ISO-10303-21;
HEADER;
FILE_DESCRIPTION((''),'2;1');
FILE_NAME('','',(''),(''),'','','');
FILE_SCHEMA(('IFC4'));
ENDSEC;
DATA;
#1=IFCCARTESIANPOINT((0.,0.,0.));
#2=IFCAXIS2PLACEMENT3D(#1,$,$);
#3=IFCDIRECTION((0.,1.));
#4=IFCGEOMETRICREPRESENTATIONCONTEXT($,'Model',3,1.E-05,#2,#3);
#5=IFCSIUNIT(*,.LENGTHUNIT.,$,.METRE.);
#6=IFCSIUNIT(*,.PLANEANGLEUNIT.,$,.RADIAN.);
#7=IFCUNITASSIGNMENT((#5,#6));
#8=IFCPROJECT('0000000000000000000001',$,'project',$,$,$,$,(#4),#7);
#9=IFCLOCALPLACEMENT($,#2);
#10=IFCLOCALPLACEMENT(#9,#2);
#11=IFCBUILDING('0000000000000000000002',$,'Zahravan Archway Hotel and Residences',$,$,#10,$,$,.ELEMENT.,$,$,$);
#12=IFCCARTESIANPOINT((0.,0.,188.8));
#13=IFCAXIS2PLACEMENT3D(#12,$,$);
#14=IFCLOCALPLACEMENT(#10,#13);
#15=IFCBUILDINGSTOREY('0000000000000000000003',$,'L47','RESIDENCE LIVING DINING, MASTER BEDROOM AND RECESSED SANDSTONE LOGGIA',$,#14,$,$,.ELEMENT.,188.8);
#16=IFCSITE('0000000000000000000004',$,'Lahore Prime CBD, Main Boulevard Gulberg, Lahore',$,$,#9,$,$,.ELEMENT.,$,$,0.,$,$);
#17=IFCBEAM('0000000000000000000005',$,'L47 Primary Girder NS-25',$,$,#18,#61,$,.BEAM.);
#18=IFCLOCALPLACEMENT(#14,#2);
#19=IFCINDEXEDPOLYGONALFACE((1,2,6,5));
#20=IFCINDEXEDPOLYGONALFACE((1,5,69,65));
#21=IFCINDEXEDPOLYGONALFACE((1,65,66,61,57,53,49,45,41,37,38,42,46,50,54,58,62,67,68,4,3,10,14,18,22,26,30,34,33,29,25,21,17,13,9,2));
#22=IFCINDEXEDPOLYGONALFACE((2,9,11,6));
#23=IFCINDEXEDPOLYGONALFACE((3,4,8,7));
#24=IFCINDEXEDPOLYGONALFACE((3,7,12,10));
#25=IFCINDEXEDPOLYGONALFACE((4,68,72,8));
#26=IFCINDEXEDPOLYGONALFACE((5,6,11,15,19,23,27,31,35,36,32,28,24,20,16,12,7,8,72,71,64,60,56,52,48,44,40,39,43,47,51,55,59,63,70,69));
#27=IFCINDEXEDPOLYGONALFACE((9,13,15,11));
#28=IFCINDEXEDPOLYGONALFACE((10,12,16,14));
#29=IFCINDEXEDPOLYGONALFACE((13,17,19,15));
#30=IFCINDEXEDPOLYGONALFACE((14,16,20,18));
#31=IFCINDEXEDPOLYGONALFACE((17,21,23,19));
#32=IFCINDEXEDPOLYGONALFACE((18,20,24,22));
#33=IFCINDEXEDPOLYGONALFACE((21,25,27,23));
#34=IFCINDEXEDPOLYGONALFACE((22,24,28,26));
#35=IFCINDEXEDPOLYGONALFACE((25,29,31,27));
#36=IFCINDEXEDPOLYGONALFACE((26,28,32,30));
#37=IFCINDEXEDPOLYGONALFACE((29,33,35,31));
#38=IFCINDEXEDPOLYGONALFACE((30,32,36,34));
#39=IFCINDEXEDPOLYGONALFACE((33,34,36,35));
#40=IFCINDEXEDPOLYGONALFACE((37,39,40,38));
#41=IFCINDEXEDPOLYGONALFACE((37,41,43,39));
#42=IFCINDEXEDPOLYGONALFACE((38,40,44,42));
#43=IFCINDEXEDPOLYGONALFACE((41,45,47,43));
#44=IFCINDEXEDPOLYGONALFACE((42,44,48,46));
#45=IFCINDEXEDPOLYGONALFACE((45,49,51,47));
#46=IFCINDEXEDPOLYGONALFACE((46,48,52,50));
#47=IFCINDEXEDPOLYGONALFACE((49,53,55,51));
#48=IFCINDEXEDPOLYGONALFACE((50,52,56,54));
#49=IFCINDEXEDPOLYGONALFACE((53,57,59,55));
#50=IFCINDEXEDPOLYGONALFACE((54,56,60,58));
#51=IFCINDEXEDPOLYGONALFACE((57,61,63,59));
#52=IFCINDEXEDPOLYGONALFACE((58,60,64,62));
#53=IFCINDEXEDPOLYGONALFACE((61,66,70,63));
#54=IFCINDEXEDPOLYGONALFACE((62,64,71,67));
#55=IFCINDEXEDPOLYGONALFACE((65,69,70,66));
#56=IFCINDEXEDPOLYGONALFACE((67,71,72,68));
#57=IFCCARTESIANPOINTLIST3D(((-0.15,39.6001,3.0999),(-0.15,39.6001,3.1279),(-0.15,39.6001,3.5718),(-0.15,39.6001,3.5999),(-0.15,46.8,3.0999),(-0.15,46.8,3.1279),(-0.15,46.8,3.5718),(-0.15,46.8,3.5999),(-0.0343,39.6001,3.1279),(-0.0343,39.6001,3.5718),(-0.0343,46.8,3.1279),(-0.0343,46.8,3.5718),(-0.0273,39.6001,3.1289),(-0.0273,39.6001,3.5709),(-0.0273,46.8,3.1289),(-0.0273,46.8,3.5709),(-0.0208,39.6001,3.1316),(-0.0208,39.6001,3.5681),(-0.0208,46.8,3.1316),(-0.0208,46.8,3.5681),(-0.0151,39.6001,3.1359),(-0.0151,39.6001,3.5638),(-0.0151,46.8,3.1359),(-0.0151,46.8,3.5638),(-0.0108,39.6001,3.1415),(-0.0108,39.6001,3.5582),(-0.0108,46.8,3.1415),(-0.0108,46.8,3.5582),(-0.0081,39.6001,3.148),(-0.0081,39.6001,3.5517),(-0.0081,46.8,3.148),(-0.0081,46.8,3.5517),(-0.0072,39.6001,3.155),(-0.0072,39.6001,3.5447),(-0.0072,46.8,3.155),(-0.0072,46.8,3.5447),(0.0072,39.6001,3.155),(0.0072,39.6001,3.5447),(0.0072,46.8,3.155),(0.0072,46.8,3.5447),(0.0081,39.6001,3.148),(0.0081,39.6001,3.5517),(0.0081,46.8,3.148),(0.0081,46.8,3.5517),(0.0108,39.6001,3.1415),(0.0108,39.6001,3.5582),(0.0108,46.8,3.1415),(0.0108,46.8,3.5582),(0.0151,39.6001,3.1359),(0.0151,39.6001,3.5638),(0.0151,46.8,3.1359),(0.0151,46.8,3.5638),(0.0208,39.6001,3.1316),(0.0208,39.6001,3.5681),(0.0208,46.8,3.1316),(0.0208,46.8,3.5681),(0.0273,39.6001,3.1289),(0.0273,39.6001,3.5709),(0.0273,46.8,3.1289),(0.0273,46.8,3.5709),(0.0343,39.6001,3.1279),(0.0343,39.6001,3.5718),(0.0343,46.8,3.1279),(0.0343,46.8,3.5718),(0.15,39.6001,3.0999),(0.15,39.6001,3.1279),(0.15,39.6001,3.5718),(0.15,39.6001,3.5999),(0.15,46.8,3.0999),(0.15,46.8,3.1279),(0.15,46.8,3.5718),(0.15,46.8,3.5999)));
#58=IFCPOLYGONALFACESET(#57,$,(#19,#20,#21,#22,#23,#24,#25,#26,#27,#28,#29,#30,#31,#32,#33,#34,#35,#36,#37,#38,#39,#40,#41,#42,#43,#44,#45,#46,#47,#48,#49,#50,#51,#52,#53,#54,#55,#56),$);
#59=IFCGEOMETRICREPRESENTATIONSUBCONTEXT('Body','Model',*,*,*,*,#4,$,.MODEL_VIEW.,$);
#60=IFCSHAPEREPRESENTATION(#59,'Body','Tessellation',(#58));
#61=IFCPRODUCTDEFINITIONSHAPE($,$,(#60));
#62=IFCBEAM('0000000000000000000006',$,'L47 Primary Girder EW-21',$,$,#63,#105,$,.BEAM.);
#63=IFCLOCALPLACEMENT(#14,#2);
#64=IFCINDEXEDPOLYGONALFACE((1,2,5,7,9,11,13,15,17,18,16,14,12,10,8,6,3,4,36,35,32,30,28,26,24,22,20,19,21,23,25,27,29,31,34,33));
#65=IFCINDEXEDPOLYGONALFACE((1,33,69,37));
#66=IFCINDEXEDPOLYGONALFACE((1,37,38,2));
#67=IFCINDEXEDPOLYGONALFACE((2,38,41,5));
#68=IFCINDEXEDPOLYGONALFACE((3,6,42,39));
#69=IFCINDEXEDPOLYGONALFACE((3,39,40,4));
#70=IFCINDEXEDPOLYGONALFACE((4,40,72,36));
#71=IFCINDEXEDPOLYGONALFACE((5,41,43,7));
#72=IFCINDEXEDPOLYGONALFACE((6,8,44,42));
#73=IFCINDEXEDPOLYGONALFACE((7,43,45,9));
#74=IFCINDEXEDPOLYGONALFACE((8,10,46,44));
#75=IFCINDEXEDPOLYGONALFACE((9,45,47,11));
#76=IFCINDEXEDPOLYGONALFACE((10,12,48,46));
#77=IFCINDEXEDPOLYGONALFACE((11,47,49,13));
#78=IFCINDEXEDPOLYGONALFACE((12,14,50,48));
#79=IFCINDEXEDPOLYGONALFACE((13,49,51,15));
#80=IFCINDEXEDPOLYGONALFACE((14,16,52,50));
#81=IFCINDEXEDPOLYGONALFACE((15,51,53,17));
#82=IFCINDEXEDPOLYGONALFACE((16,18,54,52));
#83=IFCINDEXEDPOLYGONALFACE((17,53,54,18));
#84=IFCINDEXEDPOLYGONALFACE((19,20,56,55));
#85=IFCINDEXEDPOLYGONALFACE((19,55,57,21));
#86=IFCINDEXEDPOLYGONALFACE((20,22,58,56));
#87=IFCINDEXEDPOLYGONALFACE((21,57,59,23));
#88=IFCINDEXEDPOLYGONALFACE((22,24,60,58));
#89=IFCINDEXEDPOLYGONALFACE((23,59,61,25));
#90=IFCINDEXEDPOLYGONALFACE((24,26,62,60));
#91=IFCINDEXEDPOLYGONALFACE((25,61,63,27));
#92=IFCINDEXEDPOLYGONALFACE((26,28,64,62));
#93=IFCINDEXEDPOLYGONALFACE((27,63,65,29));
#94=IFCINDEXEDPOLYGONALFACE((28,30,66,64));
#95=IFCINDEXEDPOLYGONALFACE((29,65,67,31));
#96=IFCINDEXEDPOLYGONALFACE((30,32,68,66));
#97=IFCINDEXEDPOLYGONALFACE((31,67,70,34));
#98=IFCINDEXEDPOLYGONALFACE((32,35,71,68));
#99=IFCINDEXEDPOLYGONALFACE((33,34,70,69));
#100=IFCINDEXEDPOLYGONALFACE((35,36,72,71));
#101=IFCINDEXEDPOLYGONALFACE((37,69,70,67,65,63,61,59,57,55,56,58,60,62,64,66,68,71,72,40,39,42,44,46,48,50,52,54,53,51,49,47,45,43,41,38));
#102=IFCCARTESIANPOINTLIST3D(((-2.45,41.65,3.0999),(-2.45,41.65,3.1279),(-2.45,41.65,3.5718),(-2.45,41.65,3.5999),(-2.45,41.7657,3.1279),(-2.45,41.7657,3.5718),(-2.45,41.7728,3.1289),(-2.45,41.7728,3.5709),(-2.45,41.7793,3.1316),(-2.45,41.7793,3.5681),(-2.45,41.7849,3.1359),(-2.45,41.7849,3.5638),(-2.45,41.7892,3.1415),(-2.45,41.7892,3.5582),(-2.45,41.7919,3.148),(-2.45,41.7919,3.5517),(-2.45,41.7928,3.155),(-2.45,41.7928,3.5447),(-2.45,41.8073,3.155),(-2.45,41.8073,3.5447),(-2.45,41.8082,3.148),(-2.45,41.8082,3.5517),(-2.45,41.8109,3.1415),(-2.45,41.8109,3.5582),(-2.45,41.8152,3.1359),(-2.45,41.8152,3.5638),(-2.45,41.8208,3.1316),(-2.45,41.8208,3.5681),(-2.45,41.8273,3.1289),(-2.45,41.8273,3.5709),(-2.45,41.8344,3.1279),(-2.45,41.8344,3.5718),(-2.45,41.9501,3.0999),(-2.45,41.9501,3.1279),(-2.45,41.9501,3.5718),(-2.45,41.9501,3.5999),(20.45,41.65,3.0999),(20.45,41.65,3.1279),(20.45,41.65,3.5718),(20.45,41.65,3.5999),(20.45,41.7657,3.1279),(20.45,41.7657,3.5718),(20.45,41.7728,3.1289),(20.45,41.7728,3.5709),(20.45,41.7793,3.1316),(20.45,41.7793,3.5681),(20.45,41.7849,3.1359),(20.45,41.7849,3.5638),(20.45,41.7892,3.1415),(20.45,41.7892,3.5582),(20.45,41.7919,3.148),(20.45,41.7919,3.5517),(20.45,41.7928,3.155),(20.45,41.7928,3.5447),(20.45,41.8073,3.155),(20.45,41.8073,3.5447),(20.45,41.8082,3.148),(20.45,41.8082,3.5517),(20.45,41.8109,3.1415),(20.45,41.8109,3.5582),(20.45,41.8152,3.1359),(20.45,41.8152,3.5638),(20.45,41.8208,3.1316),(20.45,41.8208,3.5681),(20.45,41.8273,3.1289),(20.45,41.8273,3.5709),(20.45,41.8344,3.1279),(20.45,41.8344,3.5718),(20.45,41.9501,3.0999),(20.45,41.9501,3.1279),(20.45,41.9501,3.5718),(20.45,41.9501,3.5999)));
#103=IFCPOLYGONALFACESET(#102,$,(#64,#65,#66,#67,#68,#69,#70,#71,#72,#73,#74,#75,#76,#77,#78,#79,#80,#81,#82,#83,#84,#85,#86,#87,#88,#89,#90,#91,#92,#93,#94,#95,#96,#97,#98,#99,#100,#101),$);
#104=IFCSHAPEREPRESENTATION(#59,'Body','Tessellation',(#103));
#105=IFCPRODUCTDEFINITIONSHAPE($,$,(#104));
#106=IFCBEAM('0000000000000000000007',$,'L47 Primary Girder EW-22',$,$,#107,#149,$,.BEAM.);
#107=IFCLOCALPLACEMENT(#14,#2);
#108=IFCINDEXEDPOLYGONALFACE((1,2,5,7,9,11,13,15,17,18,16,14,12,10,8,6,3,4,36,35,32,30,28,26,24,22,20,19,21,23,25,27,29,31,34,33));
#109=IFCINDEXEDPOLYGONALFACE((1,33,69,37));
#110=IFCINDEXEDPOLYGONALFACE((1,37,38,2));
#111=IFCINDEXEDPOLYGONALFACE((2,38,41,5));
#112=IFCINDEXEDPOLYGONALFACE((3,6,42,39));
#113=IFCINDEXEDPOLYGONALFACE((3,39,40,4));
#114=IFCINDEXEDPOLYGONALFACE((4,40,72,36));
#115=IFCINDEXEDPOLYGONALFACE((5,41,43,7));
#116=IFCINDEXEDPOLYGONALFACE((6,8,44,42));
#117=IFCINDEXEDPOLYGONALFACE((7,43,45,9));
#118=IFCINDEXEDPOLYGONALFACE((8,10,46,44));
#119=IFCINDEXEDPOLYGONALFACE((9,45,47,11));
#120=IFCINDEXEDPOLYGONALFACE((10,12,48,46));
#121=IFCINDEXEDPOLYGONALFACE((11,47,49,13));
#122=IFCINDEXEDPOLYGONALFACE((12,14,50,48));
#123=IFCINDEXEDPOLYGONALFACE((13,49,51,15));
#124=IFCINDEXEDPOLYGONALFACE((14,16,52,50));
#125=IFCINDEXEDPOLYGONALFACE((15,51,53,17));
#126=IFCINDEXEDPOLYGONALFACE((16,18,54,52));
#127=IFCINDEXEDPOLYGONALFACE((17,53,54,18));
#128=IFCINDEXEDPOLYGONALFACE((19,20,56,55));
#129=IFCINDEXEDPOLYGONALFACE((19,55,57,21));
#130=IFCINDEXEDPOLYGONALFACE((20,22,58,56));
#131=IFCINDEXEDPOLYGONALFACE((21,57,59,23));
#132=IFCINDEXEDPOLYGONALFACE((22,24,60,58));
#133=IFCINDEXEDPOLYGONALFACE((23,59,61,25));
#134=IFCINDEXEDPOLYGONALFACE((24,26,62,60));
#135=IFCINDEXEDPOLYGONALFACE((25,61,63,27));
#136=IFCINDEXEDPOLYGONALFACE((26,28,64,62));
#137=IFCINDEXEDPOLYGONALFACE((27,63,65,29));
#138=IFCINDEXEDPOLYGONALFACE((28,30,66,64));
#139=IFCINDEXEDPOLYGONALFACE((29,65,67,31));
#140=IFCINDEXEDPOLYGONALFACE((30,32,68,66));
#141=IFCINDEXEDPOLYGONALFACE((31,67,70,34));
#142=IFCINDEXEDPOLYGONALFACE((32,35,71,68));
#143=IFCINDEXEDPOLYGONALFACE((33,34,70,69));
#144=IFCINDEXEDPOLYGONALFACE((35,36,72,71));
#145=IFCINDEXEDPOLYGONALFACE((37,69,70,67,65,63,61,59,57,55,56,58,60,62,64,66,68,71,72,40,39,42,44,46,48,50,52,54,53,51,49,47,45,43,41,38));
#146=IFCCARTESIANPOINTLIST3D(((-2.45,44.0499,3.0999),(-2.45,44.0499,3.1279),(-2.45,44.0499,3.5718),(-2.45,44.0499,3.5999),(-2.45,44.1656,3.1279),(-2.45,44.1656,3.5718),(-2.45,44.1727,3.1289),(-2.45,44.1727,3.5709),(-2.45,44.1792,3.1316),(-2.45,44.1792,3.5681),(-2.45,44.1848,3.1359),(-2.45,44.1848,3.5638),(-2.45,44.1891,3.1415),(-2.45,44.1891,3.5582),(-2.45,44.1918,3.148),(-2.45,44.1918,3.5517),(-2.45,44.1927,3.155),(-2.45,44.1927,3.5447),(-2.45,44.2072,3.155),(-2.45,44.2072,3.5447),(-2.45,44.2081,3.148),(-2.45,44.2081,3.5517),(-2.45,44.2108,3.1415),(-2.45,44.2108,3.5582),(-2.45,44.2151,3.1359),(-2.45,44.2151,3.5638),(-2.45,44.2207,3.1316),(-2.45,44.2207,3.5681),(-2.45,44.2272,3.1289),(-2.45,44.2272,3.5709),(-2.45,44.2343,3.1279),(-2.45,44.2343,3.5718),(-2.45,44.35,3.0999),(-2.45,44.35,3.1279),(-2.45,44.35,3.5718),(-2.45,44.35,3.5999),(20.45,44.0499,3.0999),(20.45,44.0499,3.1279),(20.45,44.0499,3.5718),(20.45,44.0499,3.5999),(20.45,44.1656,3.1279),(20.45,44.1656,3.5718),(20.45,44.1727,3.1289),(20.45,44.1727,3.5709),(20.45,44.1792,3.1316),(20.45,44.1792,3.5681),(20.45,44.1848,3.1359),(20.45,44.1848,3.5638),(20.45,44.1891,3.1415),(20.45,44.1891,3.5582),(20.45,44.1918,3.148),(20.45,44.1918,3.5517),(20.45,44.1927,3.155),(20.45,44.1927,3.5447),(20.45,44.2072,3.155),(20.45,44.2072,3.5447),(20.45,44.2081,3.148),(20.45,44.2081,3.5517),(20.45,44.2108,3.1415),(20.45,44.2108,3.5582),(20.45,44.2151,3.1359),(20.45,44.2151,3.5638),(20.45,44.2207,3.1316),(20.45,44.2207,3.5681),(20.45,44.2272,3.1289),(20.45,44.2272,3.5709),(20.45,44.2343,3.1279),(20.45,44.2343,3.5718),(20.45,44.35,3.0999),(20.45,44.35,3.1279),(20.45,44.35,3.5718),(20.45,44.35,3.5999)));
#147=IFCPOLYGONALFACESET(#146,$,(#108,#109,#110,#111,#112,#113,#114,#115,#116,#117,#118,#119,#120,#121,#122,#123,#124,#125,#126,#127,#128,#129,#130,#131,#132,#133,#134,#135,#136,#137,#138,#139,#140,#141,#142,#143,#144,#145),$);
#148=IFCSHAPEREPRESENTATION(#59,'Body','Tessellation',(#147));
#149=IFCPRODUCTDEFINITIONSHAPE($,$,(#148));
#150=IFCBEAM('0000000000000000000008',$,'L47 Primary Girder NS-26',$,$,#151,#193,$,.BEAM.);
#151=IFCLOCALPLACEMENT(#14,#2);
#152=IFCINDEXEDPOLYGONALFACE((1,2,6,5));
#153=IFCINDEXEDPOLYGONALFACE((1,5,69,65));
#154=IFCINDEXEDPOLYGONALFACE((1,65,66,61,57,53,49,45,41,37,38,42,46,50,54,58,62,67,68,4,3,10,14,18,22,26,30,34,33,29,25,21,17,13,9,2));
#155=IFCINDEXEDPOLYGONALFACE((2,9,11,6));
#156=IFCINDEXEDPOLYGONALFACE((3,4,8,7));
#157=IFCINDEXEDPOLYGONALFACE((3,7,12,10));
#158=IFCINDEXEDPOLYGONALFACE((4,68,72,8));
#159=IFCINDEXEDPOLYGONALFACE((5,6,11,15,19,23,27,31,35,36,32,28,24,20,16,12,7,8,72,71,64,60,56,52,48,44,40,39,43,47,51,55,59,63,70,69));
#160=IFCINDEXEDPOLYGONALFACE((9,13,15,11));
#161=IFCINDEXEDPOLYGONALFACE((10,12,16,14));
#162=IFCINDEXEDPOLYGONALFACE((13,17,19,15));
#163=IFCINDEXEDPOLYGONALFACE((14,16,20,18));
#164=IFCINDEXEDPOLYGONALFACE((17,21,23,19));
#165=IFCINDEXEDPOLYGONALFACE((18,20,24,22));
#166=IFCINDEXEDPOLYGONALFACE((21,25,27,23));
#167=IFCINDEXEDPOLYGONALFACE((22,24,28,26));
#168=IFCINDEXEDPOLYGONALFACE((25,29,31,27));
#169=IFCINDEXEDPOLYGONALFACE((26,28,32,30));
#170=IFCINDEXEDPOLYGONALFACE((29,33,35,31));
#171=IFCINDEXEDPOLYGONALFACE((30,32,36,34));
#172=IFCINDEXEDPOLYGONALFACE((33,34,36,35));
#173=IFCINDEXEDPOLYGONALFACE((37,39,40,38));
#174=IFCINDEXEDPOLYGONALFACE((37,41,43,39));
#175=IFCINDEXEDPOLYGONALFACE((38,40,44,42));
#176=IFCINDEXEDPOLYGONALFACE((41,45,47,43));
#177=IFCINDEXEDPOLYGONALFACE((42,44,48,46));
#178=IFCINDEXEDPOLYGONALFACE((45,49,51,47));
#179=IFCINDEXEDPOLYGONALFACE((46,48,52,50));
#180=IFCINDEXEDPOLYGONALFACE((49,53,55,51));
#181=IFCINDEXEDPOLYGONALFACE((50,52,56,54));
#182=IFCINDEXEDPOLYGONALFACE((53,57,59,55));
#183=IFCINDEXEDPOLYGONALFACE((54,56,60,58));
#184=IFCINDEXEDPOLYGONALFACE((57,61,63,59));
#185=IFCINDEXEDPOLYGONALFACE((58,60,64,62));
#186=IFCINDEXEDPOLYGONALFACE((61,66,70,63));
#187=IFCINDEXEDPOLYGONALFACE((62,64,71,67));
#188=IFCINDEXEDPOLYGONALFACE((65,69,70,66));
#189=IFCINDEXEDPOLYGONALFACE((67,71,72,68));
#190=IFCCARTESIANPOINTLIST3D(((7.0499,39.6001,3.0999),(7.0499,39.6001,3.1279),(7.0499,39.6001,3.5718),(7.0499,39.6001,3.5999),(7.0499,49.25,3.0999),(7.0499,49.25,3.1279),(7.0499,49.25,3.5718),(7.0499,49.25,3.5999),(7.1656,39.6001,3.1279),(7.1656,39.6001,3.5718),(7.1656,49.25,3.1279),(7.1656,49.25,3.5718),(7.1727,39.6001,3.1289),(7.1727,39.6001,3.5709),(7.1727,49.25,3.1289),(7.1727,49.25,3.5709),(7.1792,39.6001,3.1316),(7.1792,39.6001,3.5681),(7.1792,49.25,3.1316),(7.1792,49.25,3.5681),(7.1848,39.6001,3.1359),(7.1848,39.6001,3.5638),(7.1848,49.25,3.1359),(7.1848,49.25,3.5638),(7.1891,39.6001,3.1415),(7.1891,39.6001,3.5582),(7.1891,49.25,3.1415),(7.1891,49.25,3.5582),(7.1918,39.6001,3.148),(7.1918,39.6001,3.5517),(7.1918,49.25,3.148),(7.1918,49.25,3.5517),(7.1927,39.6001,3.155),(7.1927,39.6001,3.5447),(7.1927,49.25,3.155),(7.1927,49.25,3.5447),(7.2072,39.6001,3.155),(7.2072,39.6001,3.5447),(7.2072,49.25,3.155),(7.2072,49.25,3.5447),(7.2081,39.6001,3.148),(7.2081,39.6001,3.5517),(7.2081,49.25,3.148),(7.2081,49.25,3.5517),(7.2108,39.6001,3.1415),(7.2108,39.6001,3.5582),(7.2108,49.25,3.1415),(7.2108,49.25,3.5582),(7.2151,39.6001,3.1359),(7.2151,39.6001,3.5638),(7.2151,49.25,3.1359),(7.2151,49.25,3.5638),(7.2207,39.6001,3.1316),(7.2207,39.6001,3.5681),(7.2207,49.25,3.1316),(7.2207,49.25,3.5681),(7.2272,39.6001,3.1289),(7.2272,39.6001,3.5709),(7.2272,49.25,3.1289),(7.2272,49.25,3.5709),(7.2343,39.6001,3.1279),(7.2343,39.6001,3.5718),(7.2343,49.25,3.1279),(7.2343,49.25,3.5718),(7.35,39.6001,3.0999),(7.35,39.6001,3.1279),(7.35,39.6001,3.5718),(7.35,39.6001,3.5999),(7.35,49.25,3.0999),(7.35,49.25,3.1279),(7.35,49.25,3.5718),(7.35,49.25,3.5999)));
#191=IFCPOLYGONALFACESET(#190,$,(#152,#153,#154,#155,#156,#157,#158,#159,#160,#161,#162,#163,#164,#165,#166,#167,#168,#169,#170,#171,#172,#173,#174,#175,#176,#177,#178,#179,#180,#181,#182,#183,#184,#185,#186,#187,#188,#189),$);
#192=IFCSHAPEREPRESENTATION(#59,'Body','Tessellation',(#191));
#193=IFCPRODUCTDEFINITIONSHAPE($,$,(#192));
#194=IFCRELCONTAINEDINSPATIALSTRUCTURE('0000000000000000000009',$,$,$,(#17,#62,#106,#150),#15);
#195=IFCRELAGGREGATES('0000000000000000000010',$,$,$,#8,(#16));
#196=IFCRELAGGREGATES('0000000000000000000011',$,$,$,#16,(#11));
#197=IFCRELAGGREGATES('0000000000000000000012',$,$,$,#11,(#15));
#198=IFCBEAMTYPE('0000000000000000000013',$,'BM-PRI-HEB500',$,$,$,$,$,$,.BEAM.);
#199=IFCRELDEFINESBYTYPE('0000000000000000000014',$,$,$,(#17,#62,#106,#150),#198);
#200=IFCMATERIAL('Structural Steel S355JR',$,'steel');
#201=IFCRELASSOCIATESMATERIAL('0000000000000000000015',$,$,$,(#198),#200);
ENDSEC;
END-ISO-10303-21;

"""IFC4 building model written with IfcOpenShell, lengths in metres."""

from ifc_helpers import new_model, si_unit, direction, frame, origin, origin_2d, place, context, subcontext, project, spatial, i_section, extrude, source, transform, mapped, material, material_profile, profile_set, type_object, element, save


model = new_model("IFC4")

# Units and contexts
model_context = context("Model", 3, precision=1e-05, world=origin(), true_north=direction((0.0, 1.0)))
body_context = subcontext(model_context, "Body", "Model", "MODEL_VIEW")
ifc_project = project(units=[si_unit("LENGTHUNIT", "METRE"), si_unit("PLANEANGLEUNIT", "RADIAN")], contexts=[model_context])

# Site, building, storey
site_placement = place(None, origin())
site = spatial("IfcSite", under=ifc_project, at=site_placement, Name="Lahore Prime CBD, Main Boulevard Gulberg, Lahore", CompositionType="ELEMENT", RefElevation=0.0)
building_placement = place(site_placement, origin())
building = spatial("IfcBuilding", under=site, at=building_placement, Name="Zahravan Archway Hotel and Residences", CompositionType="ELEMENT")
storey_placement = place(building_placement, frame((0.0, 0.0, 188.8)))
storey = spatial("IfcBuildingStorey", under=building, at=storey_placement, Name="L47", Description="RESIDENCE LIVING DINING, MASTER BEDROOM AND RECESSED SANDSTONE LOGGIA", CompositionType="ELEMENT", Elevation=188.8)

# Beams
ifc_material_1 = material(Name="Structural Steel S355JR", Category="steel")
ifc_material_profile_1 = material_profile(ifc_material_1, i_section(OverallWidth=0.3, OverallDepth=0.5, WebThickness=0.0144, FlangeThickness=0.0281, FilletRadius=0.0271, at=origin_2d()), Name="HEB 500", Category="steel")
ifc_profile_set_1 = profile_set([ifc_material_profile_1], Name="Structural Steel S355JR")
beam_type_1 = type_object("IfcBeamType", Name="BM-PRI-HEB500", PredefinedType="BEAM", material=ifc_profile_set_1)
shared_shape_1 = source(origin(), body_context, "Body", "SweptSolid", [
    extrude(i_section(OverallWidth=0.3, OverallDepth=0.5, WebThickness=0.0144, FlangeThickness=0.0281, FilletRadius=0.0271, at=origin_2d()), origin(), (0.0, 0.0, 1.0), 7.2),
])
for number, where, z_axis, x_axis, name in (
    (1, (0.0, 39.6001, 3.3499), (0.0, 1.0, 0.0), (-1.0, 0.0, 0.0), "L47 Primary Girder NS-25"),
):
    element("IfcBeam", number, at=place(storey_placement, frame(where, z_axis=z_axis, x_axis=x_axis)), inside=storey, type_object=beam_type_1, Name=name, PredefinedType="BEAM", context=body_context, shape_type="MappedRepresentation", body=[
        mapped(shared_shape_1, transform((0.0, 0.0, 0.0), scale=1.0)),
    ])
shared_shape_2 = source(origin(), body_context, "Body", "SweptSolid", [
    extrude(i_section(OverallWidth=0.3, OverallDepth=0.5, WebThickness=0.0144, FlangeThickness=0.0281, FilletRadius=0.0271, at=origin_2d()), origin(), (0.0, 0.0, 1.0), 22.8999),
])
for number, where, z_axis, x_axis, name in (
    (2, (-2.45, 41.8, 3.3499), (1.0, 0.0, 0.0), (0.0, 1.0, 0.0), "L47 Primary Girder EW-21"),
    (3, (-2.45, 44.2, 3.3499), (1.0, 0.0, 0.0), (0.0, 1.0, 0.0), "L47 Primary Girder EW-22"),
):
    element("IfcBeam", number, at=place(storey_placement, frame(where, z_axis=z_axis, x_axis=x_axis)), inside=storey, type_object=beam_type_1, Name=name, PredefinedType="BEAM", context=body_context, shape_type="MappedRepresentation", body=[
        mapped(shared_shape_2, transform((0.0, 0.0, 0.0), scale=1.0)),
    ])
shared_shape_3 = source(origin(), body_context, "Body", "SweptSolid", [
    extrude(i_section(OverallWidth=0.3, OverallDepth=0.5, WebThickness=0.0144, FlangeThickness=0.0281, FilletRadius=0.0271, at=origin_2d()), origin(), (0.0, 0.0, 1.0), 9.6499),
])
beam_1_placement = place(storey_placement, frame((7.2, 39.6001, 3.3499), z_axis=(0.0, 1.0, 0.0), x_axis=(-1.0, 0.0, 0.0)))
element("IfcBeam", 4, at=beam_1_placement, inside=storey, type_object=beam_type_1, Name="L47 Primary Girder NS-26", PredefinedType="BEAM", context=body_context, shape_type="MappedRepresentation", body=[
    mapped(shared_shape_3, transform((0.0, 0.0, 0.0), scale=1.0)),
])

save(model, "model.ifc")
